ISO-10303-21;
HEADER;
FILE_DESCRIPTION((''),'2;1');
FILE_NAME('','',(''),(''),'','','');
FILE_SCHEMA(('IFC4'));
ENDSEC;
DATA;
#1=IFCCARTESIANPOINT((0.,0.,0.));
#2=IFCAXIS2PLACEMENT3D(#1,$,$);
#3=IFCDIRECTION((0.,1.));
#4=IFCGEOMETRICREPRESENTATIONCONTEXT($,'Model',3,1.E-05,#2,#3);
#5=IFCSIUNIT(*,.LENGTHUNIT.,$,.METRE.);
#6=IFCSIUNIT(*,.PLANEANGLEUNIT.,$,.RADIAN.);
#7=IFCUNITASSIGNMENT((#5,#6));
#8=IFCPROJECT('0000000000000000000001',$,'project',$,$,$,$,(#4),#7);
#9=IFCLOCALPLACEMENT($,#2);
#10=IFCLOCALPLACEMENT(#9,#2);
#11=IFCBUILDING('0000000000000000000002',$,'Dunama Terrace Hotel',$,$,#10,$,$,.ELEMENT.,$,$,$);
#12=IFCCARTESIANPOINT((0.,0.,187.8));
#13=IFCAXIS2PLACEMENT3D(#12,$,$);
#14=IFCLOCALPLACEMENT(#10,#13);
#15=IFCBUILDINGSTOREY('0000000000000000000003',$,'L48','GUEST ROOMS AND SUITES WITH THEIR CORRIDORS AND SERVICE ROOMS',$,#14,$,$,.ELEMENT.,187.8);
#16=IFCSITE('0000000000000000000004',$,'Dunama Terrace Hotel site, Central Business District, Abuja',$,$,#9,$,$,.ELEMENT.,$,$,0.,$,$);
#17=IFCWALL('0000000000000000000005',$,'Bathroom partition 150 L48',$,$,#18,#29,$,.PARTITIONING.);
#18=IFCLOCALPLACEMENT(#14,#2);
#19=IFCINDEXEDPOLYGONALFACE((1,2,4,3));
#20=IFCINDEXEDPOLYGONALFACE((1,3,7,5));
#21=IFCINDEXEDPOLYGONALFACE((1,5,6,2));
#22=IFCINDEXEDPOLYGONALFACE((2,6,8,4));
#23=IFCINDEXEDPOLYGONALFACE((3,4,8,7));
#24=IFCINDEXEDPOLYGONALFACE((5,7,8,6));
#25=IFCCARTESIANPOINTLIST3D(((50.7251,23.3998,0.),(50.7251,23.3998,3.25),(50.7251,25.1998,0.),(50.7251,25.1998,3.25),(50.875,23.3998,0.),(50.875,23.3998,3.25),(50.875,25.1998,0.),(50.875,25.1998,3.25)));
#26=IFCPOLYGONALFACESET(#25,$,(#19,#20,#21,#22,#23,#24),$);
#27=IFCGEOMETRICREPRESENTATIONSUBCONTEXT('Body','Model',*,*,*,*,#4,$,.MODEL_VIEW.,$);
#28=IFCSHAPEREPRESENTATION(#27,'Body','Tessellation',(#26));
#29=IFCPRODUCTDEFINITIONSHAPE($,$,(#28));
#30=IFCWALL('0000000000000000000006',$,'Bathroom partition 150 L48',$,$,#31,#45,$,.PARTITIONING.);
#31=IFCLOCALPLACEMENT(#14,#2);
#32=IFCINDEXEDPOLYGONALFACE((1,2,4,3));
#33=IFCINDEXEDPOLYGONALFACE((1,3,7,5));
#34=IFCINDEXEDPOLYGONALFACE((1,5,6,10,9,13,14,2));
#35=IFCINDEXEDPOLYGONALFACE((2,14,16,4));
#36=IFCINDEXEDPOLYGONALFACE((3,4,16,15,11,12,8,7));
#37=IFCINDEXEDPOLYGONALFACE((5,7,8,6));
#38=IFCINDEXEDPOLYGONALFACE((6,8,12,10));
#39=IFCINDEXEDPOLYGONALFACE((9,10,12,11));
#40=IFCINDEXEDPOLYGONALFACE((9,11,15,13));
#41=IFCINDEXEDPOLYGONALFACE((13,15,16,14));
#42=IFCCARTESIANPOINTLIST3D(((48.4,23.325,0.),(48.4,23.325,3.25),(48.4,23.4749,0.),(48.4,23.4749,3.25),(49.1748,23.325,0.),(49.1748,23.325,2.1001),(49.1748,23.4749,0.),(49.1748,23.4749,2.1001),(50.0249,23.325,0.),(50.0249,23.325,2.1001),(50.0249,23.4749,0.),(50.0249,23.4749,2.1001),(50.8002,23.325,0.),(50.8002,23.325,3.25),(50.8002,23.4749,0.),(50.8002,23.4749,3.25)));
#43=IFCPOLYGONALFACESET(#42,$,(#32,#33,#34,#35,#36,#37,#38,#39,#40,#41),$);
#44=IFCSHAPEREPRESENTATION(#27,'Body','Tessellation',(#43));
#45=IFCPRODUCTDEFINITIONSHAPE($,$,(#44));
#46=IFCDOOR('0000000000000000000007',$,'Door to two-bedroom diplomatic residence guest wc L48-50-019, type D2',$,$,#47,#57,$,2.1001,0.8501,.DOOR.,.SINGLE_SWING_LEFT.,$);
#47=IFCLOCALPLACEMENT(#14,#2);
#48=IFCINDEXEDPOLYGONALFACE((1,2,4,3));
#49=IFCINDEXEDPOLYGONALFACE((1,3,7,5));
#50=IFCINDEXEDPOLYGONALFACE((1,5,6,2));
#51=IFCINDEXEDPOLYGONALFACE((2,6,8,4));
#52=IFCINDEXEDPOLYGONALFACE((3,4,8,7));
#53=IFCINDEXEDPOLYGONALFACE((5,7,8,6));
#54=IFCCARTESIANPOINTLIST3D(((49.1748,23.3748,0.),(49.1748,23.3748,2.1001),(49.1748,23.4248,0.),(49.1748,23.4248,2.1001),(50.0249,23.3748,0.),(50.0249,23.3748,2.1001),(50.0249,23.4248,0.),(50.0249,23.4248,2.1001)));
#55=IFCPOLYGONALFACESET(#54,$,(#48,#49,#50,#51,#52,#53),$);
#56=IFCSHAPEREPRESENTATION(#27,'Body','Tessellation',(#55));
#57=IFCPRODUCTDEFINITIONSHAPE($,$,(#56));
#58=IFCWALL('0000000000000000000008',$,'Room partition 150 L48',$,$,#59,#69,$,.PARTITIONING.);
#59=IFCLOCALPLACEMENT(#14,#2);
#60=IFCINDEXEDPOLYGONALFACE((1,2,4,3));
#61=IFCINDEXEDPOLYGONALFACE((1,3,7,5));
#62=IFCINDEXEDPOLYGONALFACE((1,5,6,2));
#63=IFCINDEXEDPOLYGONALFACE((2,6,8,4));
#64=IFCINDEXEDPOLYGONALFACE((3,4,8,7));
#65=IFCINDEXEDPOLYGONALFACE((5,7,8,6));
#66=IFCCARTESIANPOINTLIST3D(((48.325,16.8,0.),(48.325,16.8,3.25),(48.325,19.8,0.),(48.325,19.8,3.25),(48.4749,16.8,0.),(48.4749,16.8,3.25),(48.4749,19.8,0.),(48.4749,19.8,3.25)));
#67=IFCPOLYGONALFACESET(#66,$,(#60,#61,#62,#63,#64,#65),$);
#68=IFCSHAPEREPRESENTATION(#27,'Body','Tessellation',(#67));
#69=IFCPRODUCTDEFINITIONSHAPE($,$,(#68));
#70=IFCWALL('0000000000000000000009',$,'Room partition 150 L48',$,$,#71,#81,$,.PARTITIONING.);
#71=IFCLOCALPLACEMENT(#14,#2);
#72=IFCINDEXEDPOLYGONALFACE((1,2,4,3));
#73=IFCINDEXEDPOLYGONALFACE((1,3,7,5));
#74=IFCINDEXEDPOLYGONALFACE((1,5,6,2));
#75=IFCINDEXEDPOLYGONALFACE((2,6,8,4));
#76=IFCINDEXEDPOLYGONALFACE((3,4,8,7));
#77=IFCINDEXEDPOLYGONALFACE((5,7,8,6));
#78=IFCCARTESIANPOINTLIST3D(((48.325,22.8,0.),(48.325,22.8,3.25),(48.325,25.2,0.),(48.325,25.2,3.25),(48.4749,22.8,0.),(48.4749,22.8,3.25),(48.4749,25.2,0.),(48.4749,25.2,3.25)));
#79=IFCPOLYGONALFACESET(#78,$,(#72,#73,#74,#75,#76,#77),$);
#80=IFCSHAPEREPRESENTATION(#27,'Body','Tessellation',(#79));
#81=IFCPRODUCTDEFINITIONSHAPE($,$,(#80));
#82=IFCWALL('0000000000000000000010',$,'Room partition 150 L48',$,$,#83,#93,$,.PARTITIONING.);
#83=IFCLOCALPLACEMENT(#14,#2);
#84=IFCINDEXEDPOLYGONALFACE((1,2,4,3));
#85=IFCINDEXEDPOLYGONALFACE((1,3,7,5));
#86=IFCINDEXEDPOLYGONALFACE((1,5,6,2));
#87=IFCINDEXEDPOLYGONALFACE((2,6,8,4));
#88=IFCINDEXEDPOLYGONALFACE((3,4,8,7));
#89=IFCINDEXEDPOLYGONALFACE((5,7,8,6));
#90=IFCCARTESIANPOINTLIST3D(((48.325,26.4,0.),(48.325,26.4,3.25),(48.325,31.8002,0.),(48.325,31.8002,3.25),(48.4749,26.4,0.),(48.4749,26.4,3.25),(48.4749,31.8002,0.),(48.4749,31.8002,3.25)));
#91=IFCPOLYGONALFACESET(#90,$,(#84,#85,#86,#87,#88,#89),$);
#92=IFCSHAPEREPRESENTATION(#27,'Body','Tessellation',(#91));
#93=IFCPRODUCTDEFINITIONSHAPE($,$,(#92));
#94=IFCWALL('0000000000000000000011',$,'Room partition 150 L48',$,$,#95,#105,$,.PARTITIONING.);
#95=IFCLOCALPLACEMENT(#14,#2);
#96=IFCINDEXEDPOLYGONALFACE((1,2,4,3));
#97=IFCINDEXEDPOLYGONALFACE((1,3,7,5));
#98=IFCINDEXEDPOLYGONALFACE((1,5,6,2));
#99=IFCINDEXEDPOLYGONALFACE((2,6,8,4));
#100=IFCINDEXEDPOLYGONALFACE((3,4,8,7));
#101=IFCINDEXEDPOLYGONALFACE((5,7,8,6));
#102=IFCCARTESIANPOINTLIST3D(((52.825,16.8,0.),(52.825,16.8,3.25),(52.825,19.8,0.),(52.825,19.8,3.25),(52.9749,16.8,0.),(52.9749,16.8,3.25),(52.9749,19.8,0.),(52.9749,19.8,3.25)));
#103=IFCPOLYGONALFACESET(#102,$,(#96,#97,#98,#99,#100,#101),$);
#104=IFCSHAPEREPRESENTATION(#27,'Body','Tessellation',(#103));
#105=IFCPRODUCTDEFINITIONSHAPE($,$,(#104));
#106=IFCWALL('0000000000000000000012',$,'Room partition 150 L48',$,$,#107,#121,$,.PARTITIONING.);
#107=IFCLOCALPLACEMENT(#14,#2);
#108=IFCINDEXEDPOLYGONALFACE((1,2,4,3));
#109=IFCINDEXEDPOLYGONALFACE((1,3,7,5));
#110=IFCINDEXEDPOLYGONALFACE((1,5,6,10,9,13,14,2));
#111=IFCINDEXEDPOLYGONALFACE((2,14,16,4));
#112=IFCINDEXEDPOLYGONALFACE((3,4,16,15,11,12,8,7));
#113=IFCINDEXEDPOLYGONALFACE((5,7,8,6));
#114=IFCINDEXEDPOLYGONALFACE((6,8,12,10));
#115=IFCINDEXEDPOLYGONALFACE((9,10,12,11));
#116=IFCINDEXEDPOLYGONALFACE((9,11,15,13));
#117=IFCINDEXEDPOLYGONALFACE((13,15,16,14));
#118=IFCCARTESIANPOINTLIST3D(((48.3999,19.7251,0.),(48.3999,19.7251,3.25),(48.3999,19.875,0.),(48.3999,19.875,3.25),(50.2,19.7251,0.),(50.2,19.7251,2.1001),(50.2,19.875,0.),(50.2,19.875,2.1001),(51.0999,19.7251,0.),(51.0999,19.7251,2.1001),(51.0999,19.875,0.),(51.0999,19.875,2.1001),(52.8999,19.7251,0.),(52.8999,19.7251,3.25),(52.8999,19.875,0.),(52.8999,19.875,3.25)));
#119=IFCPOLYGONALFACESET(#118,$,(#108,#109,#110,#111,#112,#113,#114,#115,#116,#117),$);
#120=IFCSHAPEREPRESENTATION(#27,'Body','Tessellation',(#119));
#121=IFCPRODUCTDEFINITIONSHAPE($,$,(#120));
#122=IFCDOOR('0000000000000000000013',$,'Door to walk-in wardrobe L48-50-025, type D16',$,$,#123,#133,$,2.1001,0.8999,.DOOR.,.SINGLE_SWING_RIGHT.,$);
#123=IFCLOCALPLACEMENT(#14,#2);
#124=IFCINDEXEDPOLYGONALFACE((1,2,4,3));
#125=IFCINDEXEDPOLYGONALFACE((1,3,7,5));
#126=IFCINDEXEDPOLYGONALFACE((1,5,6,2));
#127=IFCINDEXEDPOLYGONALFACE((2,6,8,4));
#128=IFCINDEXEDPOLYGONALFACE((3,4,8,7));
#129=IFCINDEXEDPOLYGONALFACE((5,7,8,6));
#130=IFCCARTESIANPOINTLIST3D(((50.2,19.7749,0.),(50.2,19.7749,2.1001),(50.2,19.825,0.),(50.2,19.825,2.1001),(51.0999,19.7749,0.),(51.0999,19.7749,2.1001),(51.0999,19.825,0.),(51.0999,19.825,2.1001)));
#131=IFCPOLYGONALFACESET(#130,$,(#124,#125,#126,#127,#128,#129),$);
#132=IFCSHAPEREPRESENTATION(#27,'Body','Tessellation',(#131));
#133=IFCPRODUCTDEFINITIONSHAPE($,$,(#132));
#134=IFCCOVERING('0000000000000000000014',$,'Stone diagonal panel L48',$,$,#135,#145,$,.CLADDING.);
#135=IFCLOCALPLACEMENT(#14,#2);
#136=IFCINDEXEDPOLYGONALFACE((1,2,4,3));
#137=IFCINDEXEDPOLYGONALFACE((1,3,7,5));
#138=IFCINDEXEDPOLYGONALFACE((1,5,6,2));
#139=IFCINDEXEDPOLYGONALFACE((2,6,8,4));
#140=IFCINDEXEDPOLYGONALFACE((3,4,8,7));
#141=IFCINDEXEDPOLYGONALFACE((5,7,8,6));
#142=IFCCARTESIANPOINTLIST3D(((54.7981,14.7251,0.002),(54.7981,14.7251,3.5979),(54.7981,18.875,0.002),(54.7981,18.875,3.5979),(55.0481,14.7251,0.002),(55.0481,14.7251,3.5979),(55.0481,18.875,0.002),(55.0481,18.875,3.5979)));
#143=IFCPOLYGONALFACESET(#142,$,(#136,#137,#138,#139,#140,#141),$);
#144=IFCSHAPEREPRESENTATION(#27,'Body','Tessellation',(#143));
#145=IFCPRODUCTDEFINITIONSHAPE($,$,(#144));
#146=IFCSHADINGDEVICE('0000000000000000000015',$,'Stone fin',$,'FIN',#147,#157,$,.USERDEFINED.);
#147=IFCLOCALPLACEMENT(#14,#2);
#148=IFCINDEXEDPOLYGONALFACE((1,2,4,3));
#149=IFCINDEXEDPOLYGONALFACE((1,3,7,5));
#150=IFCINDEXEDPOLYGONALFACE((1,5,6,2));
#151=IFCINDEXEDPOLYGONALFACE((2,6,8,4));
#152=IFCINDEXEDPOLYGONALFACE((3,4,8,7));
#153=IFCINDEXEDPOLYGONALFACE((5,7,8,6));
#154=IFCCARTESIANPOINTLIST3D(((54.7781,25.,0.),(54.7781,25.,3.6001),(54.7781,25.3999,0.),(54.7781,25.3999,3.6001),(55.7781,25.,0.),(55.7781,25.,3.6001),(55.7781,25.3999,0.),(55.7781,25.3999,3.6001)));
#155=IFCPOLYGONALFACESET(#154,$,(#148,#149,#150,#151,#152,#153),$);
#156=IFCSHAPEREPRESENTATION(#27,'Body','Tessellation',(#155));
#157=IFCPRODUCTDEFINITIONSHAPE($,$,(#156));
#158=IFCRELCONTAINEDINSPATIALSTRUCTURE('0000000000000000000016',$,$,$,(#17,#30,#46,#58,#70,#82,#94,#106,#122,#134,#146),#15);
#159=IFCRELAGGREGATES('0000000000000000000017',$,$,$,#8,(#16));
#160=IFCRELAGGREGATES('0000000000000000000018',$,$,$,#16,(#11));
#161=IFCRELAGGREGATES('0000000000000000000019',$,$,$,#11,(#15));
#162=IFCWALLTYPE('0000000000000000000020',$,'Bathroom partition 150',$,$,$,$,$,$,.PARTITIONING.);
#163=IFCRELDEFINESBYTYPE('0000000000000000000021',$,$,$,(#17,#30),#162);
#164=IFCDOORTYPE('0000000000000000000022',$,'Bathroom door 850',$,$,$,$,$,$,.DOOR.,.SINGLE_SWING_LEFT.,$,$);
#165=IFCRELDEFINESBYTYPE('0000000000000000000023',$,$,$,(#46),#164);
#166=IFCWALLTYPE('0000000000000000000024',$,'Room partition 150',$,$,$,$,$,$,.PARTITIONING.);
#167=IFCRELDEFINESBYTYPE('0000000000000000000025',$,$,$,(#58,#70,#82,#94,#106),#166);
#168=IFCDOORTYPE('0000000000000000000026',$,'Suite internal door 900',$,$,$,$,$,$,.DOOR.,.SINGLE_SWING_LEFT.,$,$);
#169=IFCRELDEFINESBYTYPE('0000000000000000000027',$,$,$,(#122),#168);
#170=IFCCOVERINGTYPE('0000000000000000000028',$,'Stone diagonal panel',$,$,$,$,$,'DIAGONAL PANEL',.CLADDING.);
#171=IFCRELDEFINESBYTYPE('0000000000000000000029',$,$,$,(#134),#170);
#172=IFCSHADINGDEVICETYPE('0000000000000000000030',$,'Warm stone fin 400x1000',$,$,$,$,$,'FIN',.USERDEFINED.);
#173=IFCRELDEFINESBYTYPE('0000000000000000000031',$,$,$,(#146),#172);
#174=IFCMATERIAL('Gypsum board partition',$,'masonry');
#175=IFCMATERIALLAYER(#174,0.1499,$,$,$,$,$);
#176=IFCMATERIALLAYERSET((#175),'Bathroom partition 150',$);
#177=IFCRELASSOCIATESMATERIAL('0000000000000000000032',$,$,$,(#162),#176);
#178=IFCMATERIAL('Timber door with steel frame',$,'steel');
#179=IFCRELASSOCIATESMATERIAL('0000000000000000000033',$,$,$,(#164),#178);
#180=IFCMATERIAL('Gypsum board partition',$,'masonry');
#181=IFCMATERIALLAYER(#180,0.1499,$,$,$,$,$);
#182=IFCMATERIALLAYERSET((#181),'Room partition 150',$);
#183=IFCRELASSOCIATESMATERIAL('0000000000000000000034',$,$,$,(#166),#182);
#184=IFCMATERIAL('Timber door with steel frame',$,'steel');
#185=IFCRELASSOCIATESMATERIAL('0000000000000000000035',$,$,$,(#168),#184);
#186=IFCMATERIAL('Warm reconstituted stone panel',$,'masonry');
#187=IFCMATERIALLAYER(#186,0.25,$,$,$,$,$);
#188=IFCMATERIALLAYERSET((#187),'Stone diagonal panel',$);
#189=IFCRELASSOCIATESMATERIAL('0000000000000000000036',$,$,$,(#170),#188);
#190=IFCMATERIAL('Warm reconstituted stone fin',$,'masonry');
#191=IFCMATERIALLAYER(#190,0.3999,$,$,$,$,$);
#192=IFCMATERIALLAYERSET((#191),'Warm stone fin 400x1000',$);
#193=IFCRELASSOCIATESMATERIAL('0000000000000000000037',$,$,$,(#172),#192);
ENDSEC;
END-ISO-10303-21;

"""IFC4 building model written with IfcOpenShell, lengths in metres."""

from ifc_helpers import new_model, si_unit, direction, frame, frame_2d, origin, origin_2d, place, context, subcontext, project, spatial, rectangle, extrude, material, layer, layer_set, type_object, element, fill, save


model = new_model("IFC4")

# Units and contexts
model_context = context("Model", 3, precision=1e-05, world=origin(), true_north=direction((0.0, 1.0)))
body_context = subcontext(model_context, "Body", "Model", "MODEL_VIEW")
ifc_project = project(units=[si_unit("LENGTHUNIT", "METRE"), si_unit("PLANEANGLEUNIT", "RADIAN")], contexts=[model_context])

# Site, building, storey
site_placement = place(None, origin())
site = spatial("IfcSite", under=ifc_project, at=site_placement, Name="Dunama Terrace Hotel site, Central Business District, Abuja", CompositionType="ELEMENT", RefElevation=0.0)
building_placement = place(site_placement, origin())
building = spatial("IfcBuilding", under=site, at=building_placement, Name="Dunama Terrace Hotel", CompositionType="ELEMENT")
storey_placement = place(building_placement, frame((0.0, 0.0, 187.8)))
storey = spatial("IfcBuildingStorey", under=building, at=storey_placement, Name="L48", Description="GUEST ROOMS AND SUITES WITH THEIR CORRIDORS AND SERVICE ROOMS", CompositionType="ELEMENT", Elevation=187.8)

# Wall
ifc_material_1 = material(Name="Gypsum board partition", Category="masonry")
ifc_layer_1 = layer(ifc_material_1, 0.1499)
ifc_layer_set_1 = layer_set([ifc_layer_1], Name="Bathroom partition 150")
wall_type_1 = type_object("IfcWallType", Name="Bathroom partition 150", PredefinedType="PARTITIONING", material=ifc_layer_set_1)
wall_1_placement = place(storey_placement, frame((50.8, 23.3999, 0.0), z_axis=(0.0, 0.0, 1.0), x_axis=(0.0, 1.0, 0.0)))
element("IfcWall", 1, at=wall_1_placement, inside=storey, type_object=wall_type_1, Name="Bathroom partition 150 L48", PredefinedType="PARTITIONING", context=body_context, shape_type="SweptSolid", body=[
    extrude(rectangle(XDim=1.8, YDim=0.1499, at=frame_2d((0.8999, 0.0))), origin(), (0.0, 0.0, 1.0), 3.25),
])

# Wall, opening, door
wall_2_placement = place(storey_placement, frame((48.3999, 23.3999, 0.0), z_axis=(0.0, 0.0, 1.0), x_axis=(1.0, 0.0, 0.0)))
wall_2 = element("IfcWall", 2, at=wall_2_placement, inside=storey, type_object=wall_type_1, Name="Bathroom partition 150 L48", PredefinedType="PARTITIONING", context=body_context, shape_type="SweptSolid", body=[
    extrude(rectangle(XDim=2.4001, YDim=0.1499, at=frame_2d((1.2002, 0.0))), origin(), (0.0, 0.0, 1.0), 3.25),
])
opening_1_placement = place(wall_2_placement, frame((0.7749, 0.0, 0.0)))
opening_1 = element("IfcOpeningElement", 3, at=opening_1_placement, cuts=wall_2, PredefinedType="OPENING", context=body_context, shape_type="SweptSolid", body=[
    extrude(rectangle(XDim=0.8501, YDim=2.1001, at=frame_2d((0.425, 1.05))), frame((0.0, 0.085, 0.0), z_axis=(0.0, -1.0, 0.0), x_axis=(1.0, 0.0, 0.0)), (0.0, 0.0, 1.0), 0.1699),
])
ifc_material_2 = material(Name="Timber door with steel frame", Category="steel")
door_type_1 = type_object("IfcDoorType", Name="Bathroom door 850", OperationType="SINGLE_SWING_LEFT", PredefinedType="DOOR", material=ifc_material_2)
door_1_placement = place(opening_1_placement, origin())
door_1 = element("IfcDoor", 4, at=door_1_placement, inside=storey, type_object=door_type_1, Name="Door to two-bedroom diplomatic residence guest wc L48-50-019, type D2", OperationType="SINGLE_SWING_LEFT", OverallHeight=2.1001, OverallWidth=0.8501, PredefinedType="DOOR", context=body_context, shape_type="SweptSolid", body=[
    extrude(rectangle(XDim=0.8501, YDim=2.1001, at=frame_2d((0.425, 1.05))), frame((0.0, 0.0249, 0.0), z_axis=(0.0, -1.0, 0.0), x_axis=(1.0, 0.0, 0.0)), (0.0, 0.0, 1.0), 0.05),
])
fill(opening_1, door_1)

# Walls
ifc_material_3 = material(Name="Gypsum board partition", Category="masonry")
ifc_layer_2 = layer(ifc_material_3, 0.1499)
ifc_layer_set_2 = layer_set([ifc_layer_2], Name="Room partition 150")
wall_type_2 = type_object("IfcWallType", Name="Room partition 150", PredefinedType="PARTITIONING", material=ifc_layer_set_2)
wall_3_placement = place(storey_placement, frame((48.3999, 16.8, 0.0), z_axis=(0.0, 0.0, 1.0), x_axis=(0.0, 1.0, 0.0)))
element("IfcWall", 5, at=wall_3_placement, inside=storey, type_object=wall_type_2, Name="Room partition 150 L48", PredefinedType="PARTITIONING", context=body_context, shape_type="SweptSolid", body=[
    extrude(rectangle(XDim=3.0, YDim=0.1499, at=frame_2d((1.5, 0.0))), origin(), (0.0, 0.0, 1.0), 3.25),
])
wall_4_placement = place(storey_placement, frame((48.3999, 22.8, 0.0), z_axis=(0.0, 0.0, 1.0), x_axis=(0.0, 1.0, 0.0)))
element("IfcWall", 6, at=wall_4_placement, inside=storey, type_object=wall_type_2, Name="Room partition 150 L48", PredefinedType="PARTITIONING", context=body_context, shape_type="SweptSolid", body=[
    extrude(rectangle(XDim=2.3999, YDim=0.1499, at=frame_2d((1.2, 0.0))), origin(), (0.0, 0.0, 1.0), 3.25),
])
wall_5_placement = place(storey_placement, frame((48.3999, 26.3999, 0.0), z_axis=(0.0, 0.0, 1.0), x_axis=(0.0, 1.0, 0.0)))
element("IfcWall", 7, at=wall_5_placement, inside=storey, type_object=wall_type_2, Name="Room partition 150 L48", PredefinedType="PARTITIONING", context=body_context, shape_type="SweptSolid", body=[
    extrude(rectangle(XDim=5.4001, YDim=0.1499, at=frame_2d((2.7002, 0.0))), origin(), (0.0, 0.0, 1.0), 3.25),
])
wall_6_placement = place(storey_placement, frame((52.8999, 16.8, 0.0), z_axis=(0.0, 0.0, 1.0), x_axis=(0.0, 1.0, 0.0)))
element("IfcWall", 8, at=wall_6_placement, inside=storey, type_object=wall_type_2, Name="Room partition 150 L48", PredefinedType="PARTITIONING", context=body_context, shape_type="SweptSolid", body=[
    extrude(rectangle(XDim=3.0, YDim=0.1499, at=frame_2d((1.5, 0.0))), origin(), (0.0, 0.0, 1.0), 3.25),
])

# Wall, opening, door
wall_7_placement = place(storey_placement, frame((48.3999, 19.8, 0.0), z_axis=(0.0, 0.0, 1.0), x_axis=(1.0, 0.0, 0.0)))
wall_7 = element("IfcWall", 9, at=wall_7_placement, inside=storey, type_object=wall_type_2, Name="Room partition 150 L48", PredefinedType="PARTITIONING", context=body_context, shape_type="SweptSolid", body=[
    extrude(rectangle(XDim=4.5, YDim=0.1499, at=frame_2d((2.25, 0.0))), origin(), (0.0, 0.0, 1.0), 3.25),
])
opening_2_placement = place(wall_7_placement, frame((1.8, 0.0, 0.0)))
opening_2 = element("IfcOpeningElement", 10, at=opening_2_placement, cuts=wall_7, PredefinedType="OPENING", context=body_context, shape_type="SweptSolid", body=[
    extrude(rectangle(XDim=0.8999, YDim=2.1001, at=frame_2d((0.45, 1.05))), frame((0.0, 0.085, 0.0), z_axis=(0.0, -1.0, 0.0), x_axis=(1.0, 0.0, 0.0)), (0.0, 0.0, 1.0), 0.1699),
])
ifc_material_4 = material(Name="Timber door with steel frame", Category="steel")
door_type_2 = type_object("IfcDoorType", Name="Suite internal door 900", OperationType="SINGLE_SWING_LEFT", PredefinedType="DOOR", material=ifc_material_4)
door_2_placement = place(opening_2_placement, frame((0.8999, 0.0, 0.0), z_axis=(0.0, 0.0, 1.0), x_axis=(-1.0, 0.0, 0.0)))
door_2 = element("IfcDoor", 11, at=door_2_placement, inside=storey, type_object=door_type_2, Name="Door to walk-in wardrobe L48-50-025, type D16", OperationType="SINGLE_SWING_RIGHT", OverallHeight=2.1001, OverallWidth=0.8999, PredefinedType="DOOR", context=body_context, shape_type="SweptSolid", body=[
    extrude(rectangle(XDim=0.8999, YDim=2.1001, at=frame_2d((0.45, 1.05))), frame((0.0, 0.0251, 0.0), z_axis=(0.0, -1.0, 0.0), x_axis=(1.0, 0.0, 0.0)), (0.0, 0.0, 1.0), 0.05),
])
fill(opening_2, door_2)

# Covering
ifc_material_5 = material(Name="Warm reconstituted stone panel", Category="masonry")
ifc_layer_3 = layer(ifc_material_5, 0.25)
ifc_layer_set_3 = layer_set([ifc_layer_3], Name="Stone diagonal panel")
covering_type = type_object("IfcCoveringType", Name="Stone diagonal panel", ElementType="DIAGONAL PANEL", PredefinedType="CLADDING", material=ifc_layer_set_3)
covering_placement = place(storey_placement, frame((54.9231, 16.8, 0.002), z_axis=(0.0, 0.0, 1.0), x_axis=(0.0, 1.0, 0.0)))
element("IfcCovering", 12, at=covering_placement, inside=storey, type_object=covering_type, Name="Stone diagonal panel L48", PredefinedType="CLADDING", context=body_context, shape_type="SweptSolid", body=[
    extrude(rectangle(XDim=4.1499, YDim=0.25, at=origin_2d()), origin(), (0.0, 0.0, 1.0), 3.5959),
])

# Shading device
ifc_material_6 = material(Name="Warm reconstituted stone fin", Category="masonry")
ifc_layer_4 = layer(ifc_material_6, 0.3999)
ifc_layer_set_4 = layer_set([ifc_layer_4], Name="Warm stone fin 400x1000")
shading_device_type = type_object("IfcShadingDeviceType", Name="Warm stone fin 400x1000", ElementType="FIN", PredefinedType="USERDEFINED", material=ifc_layer_set_4)
shading_device_placement = place(storey_placement, frame((55.2781, 25.2, 0.0), z_axis=(0.0, 0.0, 1.0), x_axis=(0.0, 1.0, 0.0)))
element("IfcShadingDevice", 13, at=shading_device_placement, inside=storey, type_object=shading_device_type, Name="Stone fin", ObjectType="FIN", PredefinedType="USERDEFINED", context=body_context, shape_type="SweptSolid", body=[
    extrude(rectangle(XDim=0.3999, YDim=1.0, at=origin_2d()), origin(), (0.0, 0.0, 1.0), 3.6001),
])

save(model, "model.ifc")
